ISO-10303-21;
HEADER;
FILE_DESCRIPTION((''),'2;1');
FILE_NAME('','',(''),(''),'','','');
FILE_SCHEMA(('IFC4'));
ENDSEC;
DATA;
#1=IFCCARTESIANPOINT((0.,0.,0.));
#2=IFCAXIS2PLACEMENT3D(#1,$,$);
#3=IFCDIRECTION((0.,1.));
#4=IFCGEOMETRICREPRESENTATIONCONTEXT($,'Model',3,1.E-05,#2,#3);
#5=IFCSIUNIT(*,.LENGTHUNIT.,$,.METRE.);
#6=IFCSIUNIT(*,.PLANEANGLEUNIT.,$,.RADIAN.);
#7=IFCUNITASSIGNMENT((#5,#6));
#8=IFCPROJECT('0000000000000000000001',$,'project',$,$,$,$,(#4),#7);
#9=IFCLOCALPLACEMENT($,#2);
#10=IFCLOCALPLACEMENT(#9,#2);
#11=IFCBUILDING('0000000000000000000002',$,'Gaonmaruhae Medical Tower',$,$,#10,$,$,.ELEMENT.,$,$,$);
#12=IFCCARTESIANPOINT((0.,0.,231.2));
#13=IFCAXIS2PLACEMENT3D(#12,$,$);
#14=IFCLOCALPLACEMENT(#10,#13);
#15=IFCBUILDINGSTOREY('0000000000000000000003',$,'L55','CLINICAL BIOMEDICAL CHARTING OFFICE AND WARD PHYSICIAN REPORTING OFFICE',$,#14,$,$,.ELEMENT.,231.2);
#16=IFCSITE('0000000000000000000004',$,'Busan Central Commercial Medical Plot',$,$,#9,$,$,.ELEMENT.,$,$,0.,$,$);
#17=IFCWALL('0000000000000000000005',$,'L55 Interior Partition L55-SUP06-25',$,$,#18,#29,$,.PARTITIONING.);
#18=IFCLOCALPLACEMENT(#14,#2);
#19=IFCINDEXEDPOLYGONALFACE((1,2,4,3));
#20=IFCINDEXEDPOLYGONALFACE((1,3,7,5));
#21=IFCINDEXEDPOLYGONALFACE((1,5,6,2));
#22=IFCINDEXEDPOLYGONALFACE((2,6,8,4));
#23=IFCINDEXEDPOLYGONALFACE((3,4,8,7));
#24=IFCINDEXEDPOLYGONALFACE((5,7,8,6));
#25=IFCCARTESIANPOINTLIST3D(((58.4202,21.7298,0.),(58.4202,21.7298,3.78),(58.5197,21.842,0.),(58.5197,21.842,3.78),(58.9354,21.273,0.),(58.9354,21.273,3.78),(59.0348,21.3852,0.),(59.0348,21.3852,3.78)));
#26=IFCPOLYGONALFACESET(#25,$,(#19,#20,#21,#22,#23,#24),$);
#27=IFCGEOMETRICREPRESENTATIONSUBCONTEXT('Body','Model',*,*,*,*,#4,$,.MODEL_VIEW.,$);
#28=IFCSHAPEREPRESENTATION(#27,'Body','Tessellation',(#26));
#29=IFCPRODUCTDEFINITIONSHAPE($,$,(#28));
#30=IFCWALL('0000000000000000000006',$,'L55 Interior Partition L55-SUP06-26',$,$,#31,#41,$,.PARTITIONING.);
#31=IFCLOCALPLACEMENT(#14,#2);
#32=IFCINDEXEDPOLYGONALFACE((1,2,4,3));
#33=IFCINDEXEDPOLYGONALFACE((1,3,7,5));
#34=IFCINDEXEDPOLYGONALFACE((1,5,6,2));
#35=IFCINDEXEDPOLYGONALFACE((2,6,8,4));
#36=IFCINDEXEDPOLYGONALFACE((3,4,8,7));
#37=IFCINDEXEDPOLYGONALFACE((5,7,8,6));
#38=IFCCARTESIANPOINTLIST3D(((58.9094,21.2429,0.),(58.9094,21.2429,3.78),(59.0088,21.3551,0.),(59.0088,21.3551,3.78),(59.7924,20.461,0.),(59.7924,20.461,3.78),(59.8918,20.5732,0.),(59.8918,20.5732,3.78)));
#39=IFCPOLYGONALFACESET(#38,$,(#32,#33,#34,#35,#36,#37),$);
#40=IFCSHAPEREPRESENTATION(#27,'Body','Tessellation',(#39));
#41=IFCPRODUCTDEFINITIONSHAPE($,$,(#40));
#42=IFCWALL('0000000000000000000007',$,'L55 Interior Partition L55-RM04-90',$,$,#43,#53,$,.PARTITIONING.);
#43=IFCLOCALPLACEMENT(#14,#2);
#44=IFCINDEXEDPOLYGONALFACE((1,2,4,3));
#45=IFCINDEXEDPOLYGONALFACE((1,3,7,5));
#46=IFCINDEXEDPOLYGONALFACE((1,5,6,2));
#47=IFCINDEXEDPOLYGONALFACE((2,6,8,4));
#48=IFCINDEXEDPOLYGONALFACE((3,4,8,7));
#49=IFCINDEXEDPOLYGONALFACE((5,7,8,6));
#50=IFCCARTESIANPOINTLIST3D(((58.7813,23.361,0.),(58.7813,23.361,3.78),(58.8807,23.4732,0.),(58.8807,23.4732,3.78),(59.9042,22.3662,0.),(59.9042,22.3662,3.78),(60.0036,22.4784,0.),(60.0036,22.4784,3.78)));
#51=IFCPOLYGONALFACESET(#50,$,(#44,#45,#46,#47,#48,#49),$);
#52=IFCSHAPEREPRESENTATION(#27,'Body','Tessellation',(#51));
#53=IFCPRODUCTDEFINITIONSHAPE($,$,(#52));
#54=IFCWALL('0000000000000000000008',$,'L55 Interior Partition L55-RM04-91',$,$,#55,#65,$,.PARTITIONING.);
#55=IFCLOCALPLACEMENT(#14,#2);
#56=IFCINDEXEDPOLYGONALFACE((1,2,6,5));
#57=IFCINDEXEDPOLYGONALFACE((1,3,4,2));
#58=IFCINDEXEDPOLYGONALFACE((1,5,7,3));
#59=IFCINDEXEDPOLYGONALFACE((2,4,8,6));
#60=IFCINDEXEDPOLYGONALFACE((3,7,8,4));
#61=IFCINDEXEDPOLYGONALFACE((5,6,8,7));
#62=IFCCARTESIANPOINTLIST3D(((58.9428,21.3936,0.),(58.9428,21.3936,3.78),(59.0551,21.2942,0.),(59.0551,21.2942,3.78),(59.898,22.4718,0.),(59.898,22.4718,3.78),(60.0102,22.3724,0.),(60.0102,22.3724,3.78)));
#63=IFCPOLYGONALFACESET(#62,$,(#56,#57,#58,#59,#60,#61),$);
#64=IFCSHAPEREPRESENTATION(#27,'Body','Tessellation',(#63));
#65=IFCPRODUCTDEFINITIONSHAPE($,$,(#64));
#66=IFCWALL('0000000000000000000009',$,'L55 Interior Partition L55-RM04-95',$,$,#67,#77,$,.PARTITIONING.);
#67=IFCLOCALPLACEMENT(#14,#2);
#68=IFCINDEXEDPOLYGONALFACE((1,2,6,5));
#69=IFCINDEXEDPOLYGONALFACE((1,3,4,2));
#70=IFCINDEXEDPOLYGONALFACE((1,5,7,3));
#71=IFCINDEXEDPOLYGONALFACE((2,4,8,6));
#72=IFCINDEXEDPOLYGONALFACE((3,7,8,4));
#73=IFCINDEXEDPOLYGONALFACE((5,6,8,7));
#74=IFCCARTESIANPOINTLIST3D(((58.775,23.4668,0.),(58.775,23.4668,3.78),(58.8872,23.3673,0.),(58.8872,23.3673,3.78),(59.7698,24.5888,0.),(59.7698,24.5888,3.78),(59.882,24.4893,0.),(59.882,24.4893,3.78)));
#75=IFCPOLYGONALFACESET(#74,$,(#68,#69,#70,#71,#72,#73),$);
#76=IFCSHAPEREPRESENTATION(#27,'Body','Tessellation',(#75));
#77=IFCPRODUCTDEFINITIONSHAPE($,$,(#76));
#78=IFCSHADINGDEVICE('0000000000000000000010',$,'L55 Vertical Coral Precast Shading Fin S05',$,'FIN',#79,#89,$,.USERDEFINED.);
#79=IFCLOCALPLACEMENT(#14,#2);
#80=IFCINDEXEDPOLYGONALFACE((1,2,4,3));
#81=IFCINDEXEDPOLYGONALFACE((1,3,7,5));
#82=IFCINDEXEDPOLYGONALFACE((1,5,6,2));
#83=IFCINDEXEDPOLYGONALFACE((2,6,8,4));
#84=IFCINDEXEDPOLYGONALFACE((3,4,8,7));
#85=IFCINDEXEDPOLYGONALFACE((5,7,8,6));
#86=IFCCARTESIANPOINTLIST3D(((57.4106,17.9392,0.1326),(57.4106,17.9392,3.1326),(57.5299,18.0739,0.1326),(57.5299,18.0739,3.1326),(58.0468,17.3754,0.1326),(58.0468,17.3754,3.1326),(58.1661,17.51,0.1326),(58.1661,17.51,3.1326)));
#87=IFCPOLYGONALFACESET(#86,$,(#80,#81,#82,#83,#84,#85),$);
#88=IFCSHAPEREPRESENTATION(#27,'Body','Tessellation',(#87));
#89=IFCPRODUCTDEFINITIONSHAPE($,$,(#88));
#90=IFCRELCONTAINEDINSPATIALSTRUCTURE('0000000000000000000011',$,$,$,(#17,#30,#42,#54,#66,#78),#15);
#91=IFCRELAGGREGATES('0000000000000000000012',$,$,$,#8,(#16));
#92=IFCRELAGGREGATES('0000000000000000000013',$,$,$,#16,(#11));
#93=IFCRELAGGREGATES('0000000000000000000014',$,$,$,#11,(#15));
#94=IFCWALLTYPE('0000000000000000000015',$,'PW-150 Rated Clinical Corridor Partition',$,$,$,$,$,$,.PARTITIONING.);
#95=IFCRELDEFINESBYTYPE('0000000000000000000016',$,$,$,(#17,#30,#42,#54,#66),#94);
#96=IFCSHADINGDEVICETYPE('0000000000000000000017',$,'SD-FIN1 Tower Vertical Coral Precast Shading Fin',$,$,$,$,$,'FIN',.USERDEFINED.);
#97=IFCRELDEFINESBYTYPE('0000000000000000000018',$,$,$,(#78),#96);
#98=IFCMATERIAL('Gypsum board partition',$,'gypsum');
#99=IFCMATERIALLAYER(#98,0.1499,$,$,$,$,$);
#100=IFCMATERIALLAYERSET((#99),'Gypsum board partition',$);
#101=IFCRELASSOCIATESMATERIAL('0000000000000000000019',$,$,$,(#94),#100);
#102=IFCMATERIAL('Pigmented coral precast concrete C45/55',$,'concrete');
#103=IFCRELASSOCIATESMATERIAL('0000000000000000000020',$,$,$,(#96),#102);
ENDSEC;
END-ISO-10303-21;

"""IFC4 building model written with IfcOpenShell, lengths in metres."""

from ifc_helpers import new_model, si_unit, direction, frame, frame_2d, origin, origin_2d, place, context, subcontext, project, spatial, rectangle, extrude, material, layer, layer_set, type_object, element, save


model = new_model("IFC4")

# Units and contexts
model_context = context("Model", 3, precision=1e-05, world=origin(), true_north=direction((0.0, 1.0)))
body_context = subcontext(model_context, "Body", "Model", "MODEL_VIEW")
ifc_project = project(units=[si_unit("LENGTHUNIT", "METRE"), si_unit("PLANEANGLEUNIT", "RADIAN")], contexts=[model_context])

# Site, building, storey
site_placement = place(None, origin())
site = spatial("IfcSite", under=ifc_project, at=site_placement, Name="Busan Central Commercial Medical Plot", CompositionType="ELEMENT", RefElevation=0.0)
building_placement = place(site_placement, origin())
building = spatial("IfcBuilding", under=site, at=building_placement, Name="Gaonmaruhae Medical Tower", CompositionType="ELEMENT")
storey_placement = place(building_placement, frame((0.0, 0.0, 231.2)))
storey = spatial("IfcBuildingStorey", under=building, at=storey_placement, Name="L55", Description="CLINICAL BIOMEDICAL CHARTING OFFICE AND WARD PHYSICIAN REPORTING OFFICE", CompositionType="ELEMENT", Elevation=231.2)

# Shared definitions
ifc_material_1 = material(Name="Gypsum board partition", Category="gypsum")
ifc_layer_1 = layer(ifc_material_1, 0.1499)
ifc_layer_set_1 = layer_set([ifc_layer_1], Name="Gypsum board partition")
wall_type_1 = type_object("IfcWallType", Name="PW-150 Rated Clinical Corridor Partition", PredefinedType="PARTITIONING", material=ifc_layer_set_1)

# Walls
wall_1_placement = place(storey_placement, frame((58.47, 21.7859, 0.0), z_axis=(0.0, 0.0, 1.0), x_axis=(0.748211, -0.663461, 0.0)))
element("IfcWall", 1, at=wall_1_placement, inside=storey, type_object=wall_type_1, Name="L55 Interior Partition L55-SUP06-25", PredefinedType="PARTITIONING", context=body_context, shape_type="SweptSolid", body=[
    extrude(rectangle(XDim=0.6885, YDim=0.1499, at=frame_2d((0.3442, 0.0))), origin(), (0.0, 0.0, 1.0), 3.78),
])
wall_2_placement = place(storey_placement, frame((58.959, 21.2991, 0.0), z_axis=(0.0, 0.0, 1.0), x_axis=(0.748653, -0.662962, 0.0)))
element("IfcWall", 2, at=wall_2_placement, inside=storey, type_object=wall_type_1, Name="L55 Interior Partition L55-SUP06-26", PredefinedType="PARTITIONING", context=body_context, shape_type="SweptSolid", body=[
    extrude(rectangle(XDim=1.1794, YDim=0.1499, at=frame_2d((0.5898, 0.0))), origin(), (0.0, 0.0, 1.0), 3.78),
])
wall_3_placement = place(storey_placement, frame((58.8311, 23.417, 0.0), z_axis=(0.0, 0.0, 1.0), x_axis=(0.74853, -0.6631, 0.0)))
element("IfcWall", 3, at=wall_3_placement, inside=storey, type_object=wall_type_1, Name="L55 Interior Partition L55-RM04-90", PredefinedType="PARTITIONING", context=body_context, shape_type="SweptSolid", body=[
    extrude(rectangle(XDim=1.5002, YDim=0.1499, at=frame_2d((0.75, 0.0))), origin(), (0.0, 0.0, 1.0), 3.78),
])
wall_4_placement = place(storey_placement, frame((59.9541, 22.4221, 0.0), z_axis=(0.0, 0.0, 1.0), x_axis=(-0.6631, -0.74853, 0.0)))
element("IfcWall", 4, at=wall_4_placement, inside=storey, type_object=wall_type_1, Name="L55 Interior Partition L55-RM04-91", PredefinedType="PARTITIONING", context=body_context, shape_type="SweptSolid", body=[
    extrude(rectangle(XDim=1.4404, YDim=0.1499, at=frame_2d((0.7202, 0.0))), origin(), (0.0, 0.0, 1.0), 3.78),
])
wall_5_placement = place(storey_placement, frame((59.8259, 24.5391, 0.0), z_axis=(0.0, 0.0, 1.0), x_axis=(-0.663424, -0.748244, 0.0)))
element("IfcWall", 5, at=wall_5_placement, inside=storey, type_object=wall_type_1, Name="L55 Interior Partition L55-RM04-95", PredefinedType="PARTITIONING", context=body_context, shape_type="SweptSolid", body=[
    extrude(rectangle(XDim=1.4995, YDim=0.1499, at=frame_2d((0.7498, 0.0))), origin(), (0.0, 0.0, 1.0), 3.78),
])

# Shading device
ifc_material_2 = material(Name="Pigmented coral precast concrete C45/55", Category="concrete")
shading_device_type = type_object("IfcShadingDeviceType", Name="SD-FIN1 Tower Vertical Coral Precast Shading Fin", ElementType="FIN", PredefinedType="USERDEFINED", material=ifc_material_2)
shading_device_placement = place(storey_placement, frame((57.7883, 17.7246, 0.1326), z_axis=(0.0, 0.0, 1.0), x_axis=(-0.663273, -0.748377, 0.0)))
element("IfcShadingDevice", 6, at=shading_device_placement, inside=storey, type_object=shading_device_type, Name="L55 Vertical Coral Precast Shading Fin S05", ObjectType="FIN", PredefinedType="USERDEFINED", context=body_context, shape_type="SweptSolid", body=[
    extrude(rectangle(XDim=0.1799, YDim=0.8501, at=origin_2d()), origin(), (0.0, 0.0, 1.0), 3.0),
])

save(model, "model.ifc")
